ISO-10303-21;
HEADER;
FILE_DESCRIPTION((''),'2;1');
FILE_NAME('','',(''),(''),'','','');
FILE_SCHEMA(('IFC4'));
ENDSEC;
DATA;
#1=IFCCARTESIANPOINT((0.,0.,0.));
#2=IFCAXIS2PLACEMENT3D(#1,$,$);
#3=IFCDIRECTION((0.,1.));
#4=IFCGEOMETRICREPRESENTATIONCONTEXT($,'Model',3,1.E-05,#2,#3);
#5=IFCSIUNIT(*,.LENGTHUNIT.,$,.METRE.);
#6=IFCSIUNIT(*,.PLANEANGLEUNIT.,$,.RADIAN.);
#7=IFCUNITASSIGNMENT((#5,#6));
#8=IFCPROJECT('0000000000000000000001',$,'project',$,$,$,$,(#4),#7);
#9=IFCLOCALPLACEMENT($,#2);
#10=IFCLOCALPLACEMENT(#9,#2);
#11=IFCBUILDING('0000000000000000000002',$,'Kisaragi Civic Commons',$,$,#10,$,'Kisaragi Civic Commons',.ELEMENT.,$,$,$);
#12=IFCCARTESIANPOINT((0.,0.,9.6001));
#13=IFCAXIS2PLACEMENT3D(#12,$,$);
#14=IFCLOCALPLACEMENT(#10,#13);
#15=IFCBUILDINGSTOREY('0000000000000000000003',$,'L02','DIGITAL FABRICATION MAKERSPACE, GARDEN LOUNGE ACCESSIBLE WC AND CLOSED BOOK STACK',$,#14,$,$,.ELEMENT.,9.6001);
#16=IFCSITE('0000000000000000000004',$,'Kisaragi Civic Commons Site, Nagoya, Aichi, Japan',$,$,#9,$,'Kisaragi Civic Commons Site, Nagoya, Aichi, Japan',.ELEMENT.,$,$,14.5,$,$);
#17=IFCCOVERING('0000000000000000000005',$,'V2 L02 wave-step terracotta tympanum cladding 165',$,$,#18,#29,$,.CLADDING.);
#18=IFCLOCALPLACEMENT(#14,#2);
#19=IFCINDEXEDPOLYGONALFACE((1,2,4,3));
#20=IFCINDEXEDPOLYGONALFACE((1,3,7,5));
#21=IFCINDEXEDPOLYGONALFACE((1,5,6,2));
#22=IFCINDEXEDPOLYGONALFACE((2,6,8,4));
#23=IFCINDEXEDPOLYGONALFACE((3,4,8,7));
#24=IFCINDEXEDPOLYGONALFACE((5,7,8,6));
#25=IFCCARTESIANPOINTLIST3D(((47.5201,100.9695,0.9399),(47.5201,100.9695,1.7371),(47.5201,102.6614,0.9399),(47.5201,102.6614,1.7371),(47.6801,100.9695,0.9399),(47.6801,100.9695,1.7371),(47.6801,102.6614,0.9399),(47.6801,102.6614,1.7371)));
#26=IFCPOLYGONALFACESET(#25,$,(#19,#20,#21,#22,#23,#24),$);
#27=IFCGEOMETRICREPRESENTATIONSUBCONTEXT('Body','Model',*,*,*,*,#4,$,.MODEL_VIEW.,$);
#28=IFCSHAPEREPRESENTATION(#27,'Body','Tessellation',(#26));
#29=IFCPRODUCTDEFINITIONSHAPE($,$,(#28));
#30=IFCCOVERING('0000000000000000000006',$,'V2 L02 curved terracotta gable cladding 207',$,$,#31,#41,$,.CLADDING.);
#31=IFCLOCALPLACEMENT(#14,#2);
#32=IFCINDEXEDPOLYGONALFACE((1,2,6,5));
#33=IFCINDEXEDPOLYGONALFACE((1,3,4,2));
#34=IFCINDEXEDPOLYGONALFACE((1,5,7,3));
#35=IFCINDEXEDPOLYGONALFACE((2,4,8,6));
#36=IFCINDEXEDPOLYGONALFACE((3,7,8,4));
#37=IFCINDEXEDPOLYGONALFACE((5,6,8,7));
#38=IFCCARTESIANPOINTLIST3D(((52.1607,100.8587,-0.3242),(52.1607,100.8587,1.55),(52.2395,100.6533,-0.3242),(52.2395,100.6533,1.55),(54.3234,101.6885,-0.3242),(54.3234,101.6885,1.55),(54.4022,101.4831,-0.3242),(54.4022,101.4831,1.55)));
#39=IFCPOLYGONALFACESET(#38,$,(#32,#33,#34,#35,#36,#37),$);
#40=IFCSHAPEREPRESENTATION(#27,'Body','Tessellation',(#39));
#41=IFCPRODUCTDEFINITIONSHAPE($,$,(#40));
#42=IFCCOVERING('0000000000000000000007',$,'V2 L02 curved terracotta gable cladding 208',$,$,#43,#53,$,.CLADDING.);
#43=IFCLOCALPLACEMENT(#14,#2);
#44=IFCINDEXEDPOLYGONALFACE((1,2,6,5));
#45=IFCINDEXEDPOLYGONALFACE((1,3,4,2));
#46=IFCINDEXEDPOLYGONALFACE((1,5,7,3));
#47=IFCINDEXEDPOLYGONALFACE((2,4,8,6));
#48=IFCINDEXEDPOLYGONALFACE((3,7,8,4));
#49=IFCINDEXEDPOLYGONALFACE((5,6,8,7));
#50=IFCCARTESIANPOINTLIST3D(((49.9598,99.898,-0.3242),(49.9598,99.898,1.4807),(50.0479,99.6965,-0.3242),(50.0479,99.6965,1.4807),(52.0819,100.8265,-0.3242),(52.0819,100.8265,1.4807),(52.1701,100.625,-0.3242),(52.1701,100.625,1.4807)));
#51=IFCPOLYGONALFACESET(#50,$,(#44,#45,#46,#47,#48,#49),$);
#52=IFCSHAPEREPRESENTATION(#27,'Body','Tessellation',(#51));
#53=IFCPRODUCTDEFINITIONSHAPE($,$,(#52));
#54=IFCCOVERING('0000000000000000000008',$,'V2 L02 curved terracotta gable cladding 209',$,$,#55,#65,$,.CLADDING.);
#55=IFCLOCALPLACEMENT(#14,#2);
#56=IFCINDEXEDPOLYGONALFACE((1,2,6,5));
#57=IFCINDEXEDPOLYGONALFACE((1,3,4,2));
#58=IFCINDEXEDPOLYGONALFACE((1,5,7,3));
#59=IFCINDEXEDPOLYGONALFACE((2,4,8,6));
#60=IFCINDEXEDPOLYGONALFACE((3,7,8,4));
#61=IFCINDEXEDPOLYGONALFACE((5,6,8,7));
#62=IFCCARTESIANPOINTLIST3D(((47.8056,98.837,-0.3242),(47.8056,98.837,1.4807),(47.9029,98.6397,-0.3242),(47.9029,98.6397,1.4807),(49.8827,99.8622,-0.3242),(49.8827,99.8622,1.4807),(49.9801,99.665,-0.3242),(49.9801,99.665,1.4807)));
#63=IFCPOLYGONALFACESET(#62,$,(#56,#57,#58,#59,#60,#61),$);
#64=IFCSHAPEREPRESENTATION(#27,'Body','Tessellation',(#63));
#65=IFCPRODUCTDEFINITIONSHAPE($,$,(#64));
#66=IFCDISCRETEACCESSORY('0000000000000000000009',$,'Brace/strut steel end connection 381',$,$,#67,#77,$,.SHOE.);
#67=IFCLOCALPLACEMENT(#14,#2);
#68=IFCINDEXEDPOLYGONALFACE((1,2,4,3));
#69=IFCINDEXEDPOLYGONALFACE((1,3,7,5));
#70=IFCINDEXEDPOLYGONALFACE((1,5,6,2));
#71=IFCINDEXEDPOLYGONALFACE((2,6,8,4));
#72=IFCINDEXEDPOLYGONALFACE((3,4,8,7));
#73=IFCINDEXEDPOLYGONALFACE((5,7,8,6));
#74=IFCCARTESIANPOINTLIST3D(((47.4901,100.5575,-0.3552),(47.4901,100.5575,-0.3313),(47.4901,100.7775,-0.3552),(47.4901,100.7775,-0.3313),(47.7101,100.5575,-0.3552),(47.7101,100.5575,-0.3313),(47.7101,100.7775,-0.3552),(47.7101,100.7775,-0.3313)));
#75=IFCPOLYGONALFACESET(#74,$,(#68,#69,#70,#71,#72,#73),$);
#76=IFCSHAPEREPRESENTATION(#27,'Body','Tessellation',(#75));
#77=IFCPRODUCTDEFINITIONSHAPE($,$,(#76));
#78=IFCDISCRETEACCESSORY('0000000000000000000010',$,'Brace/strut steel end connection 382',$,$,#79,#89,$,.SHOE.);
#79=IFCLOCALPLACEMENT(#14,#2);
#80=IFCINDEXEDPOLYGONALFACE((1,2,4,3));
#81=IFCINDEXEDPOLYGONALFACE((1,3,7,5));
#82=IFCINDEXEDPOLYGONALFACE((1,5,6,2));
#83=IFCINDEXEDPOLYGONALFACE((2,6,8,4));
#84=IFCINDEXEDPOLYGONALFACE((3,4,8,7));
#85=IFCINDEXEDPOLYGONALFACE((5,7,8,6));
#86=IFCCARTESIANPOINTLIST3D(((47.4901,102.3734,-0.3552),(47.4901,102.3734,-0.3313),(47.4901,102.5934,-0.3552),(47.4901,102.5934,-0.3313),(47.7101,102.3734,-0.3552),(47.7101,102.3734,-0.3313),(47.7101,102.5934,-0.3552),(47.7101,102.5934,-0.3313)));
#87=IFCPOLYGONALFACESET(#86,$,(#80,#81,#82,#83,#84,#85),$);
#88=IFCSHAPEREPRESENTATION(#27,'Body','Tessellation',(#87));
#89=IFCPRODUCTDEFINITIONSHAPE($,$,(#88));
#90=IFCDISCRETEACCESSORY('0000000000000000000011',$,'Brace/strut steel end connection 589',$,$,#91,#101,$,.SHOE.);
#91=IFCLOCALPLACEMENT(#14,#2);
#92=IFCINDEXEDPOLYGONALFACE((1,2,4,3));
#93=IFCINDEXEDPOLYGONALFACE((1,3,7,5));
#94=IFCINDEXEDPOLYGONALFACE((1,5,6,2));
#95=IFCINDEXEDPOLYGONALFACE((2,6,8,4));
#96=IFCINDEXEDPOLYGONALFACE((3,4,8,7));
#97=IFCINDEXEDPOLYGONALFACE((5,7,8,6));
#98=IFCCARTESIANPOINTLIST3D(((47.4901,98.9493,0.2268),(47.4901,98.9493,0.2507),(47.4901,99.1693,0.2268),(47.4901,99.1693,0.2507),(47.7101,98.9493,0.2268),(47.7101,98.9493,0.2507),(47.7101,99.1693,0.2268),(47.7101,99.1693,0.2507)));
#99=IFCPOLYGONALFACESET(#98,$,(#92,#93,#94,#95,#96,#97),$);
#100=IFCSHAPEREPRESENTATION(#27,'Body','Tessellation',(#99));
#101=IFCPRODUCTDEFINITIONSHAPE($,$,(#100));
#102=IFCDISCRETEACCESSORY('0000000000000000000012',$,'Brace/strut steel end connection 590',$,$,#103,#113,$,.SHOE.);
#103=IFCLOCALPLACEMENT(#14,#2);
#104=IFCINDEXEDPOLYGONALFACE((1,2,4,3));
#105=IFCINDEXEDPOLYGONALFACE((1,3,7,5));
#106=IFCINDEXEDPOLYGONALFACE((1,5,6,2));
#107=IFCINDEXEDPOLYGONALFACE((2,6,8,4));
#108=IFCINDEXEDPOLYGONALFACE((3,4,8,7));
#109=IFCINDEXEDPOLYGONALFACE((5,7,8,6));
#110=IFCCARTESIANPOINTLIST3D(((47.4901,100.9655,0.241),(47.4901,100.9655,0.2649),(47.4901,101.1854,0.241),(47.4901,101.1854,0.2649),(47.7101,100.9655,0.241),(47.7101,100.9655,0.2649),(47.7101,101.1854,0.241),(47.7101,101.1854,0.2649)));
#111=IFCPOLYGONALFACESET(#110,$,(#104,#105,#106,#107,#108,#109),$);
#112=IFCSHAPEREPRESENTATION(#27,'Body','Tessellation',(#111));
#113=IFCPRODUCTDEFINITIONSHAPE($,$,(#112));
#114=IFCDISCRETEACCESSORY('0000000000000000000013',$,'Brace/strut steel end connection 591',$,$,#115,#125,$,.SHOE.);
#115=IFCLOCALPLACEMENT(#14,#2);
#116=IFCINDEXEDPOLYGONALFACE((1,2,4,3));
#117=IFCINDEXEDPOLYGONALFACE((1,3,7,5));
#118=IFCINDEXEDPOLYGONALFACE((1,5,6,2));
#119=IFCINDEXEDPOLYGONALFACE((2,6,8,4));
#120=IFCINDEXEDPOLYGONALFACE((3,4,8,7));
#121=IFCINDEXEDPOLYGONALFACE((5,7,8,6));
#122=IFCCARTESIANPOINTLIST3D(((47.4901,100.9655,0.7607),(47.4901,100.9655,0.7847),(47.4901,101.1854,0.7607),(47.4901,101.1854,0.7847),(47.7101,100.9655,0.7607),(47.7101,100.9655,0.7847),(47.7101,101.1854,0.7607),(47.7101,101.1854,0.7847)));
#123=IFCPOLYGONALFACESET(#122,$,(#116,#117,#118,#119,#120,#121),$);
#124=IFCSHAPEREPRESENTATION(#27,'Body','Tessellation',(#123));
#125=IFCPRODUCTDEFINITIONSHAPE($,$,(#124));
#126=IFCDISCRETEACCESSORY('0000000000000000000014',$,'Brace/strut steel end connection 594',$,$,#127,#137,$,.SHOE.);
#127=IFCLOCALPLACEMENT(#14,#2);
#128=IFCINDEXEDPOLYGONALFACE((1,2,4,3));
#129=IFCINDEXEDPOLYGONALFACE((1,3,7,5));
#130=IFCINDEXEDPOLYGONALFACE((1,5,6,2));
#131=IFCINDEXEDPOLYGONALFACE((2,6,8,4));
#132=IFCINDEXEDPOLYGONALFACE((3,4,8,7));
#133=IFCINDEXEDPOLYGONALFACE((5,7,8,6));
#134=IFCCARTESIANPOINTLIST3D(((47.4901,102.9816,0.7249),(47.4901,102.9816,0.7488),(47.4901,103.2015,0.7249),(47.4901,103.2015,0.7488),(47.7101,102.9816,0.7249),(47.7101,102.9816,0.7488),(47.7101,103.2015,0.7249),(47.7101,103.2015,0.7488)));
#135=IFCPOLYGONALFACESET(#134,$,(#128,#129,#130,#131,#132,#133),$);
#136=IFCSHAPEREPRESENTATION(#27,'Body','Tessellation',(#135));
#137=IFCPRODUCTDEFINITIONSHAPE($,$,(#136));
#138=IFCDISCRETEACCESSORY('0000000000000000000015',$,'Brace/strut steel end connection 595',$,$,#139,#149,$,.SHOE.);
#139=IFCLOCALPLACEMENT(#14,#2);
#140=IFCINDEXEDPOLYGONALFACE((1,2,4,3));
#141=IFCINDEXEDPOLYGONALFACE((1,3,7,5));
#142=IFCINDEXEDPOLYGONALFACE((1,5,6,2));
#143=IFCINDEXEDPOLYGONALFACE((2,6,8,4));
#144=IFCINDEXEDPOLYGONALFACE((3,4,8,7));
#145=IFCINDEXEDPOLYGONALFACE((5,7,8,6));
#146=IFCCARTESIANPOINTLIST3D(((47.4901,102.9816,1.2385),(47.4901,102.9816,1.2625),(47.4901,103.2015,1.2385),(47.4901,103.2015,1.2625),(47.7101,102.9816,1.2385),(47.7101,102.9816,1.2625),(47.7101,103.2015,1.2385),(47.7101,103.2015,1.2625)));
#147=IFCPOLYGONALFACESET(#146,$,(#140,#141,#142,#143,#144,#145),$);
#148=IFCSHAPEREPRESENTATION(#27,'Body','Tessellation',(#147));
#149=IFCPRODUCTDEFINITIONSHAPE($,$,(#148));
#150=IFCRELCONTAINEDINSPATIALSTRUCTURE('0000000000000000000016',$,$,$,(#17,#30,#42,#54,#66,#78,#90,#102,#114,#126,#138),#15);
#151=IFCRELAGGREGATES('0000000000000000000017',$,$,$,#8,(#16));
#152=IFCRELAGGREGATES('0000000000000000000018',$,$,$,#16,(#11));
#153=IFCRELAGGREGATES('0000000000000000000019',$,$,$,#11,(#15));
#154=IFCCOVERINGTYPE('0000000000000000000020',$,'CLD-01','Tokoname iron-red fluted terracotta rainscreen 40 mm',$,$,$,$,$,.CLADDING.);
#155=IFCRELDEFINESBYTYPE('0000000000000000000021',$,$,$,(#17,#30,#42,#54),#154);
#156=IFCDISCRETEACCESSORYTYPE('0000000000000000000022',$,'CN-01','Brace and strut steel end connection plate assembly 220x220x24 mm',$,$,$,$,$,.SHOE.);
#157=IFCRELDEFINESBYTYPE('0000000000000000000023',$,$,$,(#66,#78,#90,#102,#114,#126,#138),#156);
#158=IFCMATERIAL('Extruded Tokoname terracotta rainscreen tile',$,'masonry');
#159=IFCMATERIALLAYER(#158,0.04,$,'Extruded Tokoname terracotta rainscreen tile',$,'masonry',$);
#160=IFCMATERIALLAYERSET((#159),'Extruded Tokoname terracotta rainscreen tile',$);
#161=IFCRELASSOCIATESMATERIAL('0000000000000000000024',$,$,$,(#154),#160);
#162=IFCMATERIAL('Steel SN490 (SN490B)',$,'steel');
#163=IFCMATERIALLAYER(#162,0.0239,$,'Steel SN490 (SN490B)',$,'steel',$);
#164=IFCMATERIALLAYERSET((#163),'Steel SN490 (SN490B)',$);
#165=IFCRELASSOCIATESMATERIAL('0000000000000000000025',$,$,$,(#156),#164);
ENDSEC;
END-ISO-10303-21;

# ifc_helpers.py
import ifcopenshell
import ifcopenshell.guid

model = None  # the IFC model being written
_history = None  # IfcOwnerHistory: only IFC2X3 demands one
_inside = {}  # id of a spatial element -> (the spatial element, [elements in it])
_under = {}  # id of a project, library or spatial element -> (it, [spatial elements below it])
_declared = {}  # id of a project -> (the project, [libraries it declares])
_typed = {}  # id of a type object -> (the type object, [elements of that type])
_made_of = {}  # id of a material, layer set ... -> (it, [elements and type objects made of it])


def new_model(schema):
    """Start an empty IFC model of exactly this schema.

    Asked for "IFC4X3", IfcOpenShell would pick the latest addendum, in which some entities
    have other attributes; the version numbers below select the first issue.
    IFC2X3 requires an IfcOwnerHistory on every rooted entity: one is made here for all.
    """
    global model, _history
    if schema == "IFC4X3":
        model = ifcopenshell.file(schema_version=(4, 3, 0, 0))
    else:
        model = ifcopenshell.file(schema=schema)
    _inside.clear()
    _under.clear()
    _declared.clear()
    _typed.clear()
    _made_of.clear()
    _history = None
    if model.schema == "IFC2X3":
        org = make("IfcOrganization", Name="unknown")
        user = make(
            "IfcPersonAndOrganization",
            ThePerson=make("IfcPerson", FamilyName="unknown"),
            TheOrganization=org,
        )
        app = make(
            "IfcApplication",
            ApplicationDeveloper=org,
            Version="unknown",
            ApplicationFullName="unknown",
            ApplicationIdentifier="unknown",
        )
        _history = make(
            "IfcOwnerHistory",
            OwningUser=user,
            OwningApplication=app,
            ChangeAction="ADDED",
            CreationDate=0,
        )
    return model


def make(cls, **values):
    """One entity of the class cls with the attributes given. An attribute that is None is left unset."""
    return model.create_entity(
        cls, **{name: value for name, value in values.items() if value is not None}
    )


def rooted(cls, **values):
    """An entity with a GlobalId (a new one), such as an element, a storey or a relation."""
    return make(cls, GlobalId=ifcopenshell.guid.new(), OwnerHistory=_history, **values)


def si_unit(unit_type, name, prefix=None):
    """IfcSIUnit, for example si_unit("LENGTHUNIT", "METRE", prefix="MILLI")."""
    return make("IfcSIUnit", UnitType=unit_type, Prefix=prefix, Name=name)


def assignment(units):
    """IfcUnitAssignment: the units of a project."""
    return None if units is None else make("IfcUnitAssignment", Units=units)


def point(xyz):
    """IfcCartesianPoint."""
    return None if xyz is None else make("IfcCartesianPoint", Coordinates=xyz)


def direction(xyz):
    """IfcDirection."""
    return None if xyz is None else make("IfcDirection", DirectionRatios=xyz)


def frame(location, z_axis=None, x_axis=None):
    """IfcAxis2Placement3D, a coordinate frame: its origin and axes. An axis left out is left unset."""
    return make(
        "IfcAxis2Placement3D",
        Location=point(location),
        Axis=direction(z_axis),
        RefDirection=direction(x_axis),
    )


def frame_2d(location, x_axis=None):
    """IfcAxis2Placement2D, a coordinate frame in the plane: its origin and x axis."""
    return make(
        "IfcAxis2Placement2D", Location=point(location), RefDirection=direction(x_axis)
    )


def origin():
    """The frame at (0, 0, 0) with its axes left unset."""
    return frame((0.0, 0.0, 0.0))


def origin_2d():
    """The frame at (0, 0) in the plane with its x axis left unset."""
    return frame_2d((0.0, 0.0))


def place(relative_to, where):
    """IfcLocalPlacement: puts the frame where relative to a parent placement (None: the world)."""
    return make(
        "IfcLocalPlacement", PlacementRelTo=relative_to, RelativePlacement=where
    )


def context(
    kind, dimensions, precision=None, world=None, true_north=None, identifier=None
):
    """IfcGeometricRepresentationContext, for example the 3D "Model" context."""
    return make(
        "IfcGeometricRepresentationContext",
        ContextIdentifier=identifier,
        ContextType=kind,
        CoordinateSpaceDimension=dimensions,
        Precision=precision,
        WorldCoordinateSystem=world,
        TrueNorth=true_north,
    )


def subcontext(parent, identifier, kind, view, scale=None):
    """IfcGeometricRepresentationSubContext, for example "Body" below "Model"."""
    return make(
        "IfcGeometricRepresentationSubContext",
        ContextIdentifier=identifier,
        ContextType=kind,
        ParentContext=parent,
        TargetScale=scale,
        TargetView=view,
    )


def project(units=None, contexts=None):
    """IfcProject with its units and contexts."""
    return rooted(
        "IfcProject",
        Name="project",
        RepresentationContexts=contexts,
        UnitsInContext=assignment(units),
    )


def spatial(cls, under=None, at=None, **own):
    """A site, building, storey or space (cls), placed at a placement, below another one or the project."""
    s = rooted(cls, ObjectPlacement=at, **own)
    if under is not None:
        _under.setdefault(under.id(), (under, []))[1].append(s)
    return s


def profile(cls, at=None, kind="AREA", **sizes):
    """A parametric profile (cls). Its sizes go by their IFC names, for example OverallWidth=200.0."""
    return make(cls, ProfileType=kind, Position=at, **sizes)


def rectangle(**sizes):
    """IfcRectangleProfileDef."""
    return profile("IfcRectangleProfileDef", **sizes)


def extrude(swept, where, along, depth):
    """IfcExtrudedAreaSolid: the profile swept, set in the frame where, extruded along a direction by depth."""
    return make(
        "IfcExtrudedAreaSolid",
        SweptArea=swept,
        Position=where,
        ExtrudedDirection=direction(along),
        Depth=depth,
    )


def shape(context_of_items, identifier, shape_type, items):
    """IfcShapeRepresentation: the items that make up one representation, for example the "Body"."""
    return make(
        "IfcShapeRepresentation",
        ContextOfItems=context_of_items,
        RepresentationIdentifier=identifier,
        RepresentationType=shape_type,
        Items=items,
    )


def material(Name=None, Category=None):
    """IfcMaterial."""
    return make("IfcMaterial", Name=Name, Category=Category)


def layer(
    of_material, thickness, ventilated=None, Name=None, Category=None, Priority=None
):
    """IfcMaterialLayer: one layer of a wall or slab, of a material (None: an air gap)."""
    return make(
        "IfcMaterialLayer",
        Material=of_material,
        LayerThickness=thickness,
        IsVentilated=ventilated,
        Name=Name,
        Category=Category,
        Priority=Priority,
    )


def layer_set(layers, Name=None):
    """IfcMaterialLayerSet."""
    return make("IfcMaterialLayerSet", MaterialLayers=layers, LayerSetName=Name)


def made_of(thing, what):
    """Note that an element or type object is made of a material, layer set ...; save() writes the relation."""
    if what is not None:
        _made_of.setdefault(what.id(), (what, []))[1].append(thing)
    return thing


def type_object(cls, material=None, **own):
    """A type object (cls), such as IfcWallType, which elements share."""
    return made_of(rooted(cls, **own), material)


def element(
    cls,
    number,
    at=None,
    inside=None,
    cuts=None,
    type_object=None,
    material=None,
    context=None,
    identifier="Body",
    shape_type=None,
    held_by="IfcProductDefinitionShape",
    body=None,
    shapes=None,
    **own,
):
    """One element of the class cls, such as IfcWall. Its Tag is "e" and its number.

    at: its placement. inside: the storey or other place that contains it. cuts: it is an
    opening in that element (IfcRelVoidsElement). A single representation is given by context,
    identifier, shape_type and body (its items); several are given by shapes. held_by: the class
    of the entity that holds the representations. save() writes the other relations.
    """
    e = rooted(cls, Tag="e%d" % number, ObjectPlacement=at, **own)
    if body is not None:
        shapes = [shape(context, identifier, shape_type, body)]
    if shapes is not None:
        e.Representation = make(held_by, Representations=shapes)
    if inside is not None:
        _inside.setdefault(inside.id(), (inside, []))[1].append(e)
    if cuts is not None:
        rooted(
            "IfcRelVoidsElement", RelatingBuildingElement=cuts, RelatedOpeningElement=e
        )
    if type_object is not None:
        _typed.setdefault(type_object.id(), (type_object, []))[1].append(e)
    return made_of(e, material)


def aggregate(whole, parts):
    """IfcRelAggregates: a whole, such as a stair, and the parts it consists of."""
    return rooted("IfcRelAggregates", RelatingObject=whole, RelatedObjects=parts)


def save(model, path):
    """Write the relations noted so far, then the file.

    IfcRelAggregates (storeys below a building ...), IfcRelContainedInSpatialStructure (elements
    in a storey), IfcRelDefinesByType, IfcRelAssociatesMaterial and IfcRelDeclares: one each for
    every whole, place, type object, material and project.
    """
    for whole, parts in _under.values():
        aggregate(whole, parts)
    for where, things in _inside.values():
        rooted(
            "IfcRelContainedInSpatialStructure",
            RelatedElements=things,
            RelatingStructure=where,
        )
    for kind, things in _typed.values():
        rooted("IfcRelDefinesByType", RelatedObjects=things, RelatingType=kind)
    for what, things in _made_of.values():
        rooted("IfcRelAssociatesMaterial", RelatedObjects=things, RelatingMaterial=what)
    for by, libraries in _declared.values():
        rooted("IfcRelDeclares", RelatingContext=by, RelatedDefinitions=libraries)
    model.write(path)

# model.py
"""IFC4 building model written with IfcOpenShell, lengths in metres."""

from ifc_helpers import new_model, si_unit, direction, frame, origin, origin_2d, place, context, subcontext, project, spatial, rectangle, extrude, material, layer, layer_set, type_object, element, save


model = new_model("IFC4")

# Units and contexts
model_context = context("Model", 3, precision=1e-05, world=origin(), true_north=direction((0.0, 1.0)))
body_context = subcontext(model_context, "Body", "Model", "MODEL_VIEW")
ifc_project = project(units=[si_unit("LENGTHUNIT", "METRE"), si_unit("PLANEANGLEUNIT", "RADIAN")], contexts=[model_context])

# Site, building, storey
site_placement = place(None, origin())
site = spatial("IfcSite", under=ifc_project, at=site_placement, Name="Kisaragi Civic Commons Site, Nagoya, Aichi, Japan", LongName="Kisaragi Civic Commons Site, Nagoya, Aichi, Japan", CompositionType="ELEMENT", RefElevation=14.5)
building_placement = place(site_placement, origin())
building = spatial("IfcBuilding", under=site, at=building_placement, Name="Kisaragi Civic Commons", LongName="Kisaragi Civic Commons", CompositionType="ELEMENT")
storey_placement = place(building_placement, frame((0.0, 0.0, 9.6001)))
storey = spatial("IfcBuildingStorey", under=building, at=storey_placement, Name="L02", Description="DIGITAL FABRICATION MAKERSPACE, GARDEN LOUNGE ACCESSIBLE WC AND CLOSED BOOK STACK", CompositionType="ELEMENT", Elevation=9.6001)

# Shared definitions
ifc_material_1 = material(Name="Steel SN490 (SN490B)", Category="steel")

# Coverings
ifc_material_2 = material(Name="Extruded Tokoname terracotta rainscreen tile", Category="masonry")
ifc_layer_1 = layer(ifc_material_2, 0.04, Name="Extruded Tokoname terracotta rainscreen tile", Category="masonry")
ifc_layer_set_1 = layer_set([ifc_layer_1], Name="Extruded Tokoname terracotta rainscreen tile")
covering_type = type_object("IfcCoveringType", Name="CLD-01", Description="Tokoname iron-red fluted terracotta rainscreen 40 mm", PredefinedType="CLADDING", material=ifc_layer_set_1)
covering_1_placement = place(storey_placement, frame((47.6001, 101.8154, 0.9399), z_axis=(0.0, 0.0, 1.0), x_axis=(0.0, 1.0, 0.0)))
element("IfcCovering", 1, at=covering_1_placement, inside=storey, type_object=covering_type, Name="V2 L02 wave-step terracotta tympanum cladding 165", PredefinedType="CLADDING", context=body_context, shape_type="SweptSolid", body=[
    extrude(rectangle(XDim=1.6919, YDim=0.1599, at=origin_2d()), origin(), (0.0, 0.0, 1.0), 0.7971),
])
covering_2_placement = place(storey_placement, frame((53.2815, 101.1709, -0.3242), z_axis=(0.0, 0.0, 1.0), x_axis=(-0.933643, -0.358205, 0.0)))
element("IfcCovering", 2, at=covering_2_placement, inside=storey, type_object=covering_type, Name="V2 L02 curved terracotta gable cladding 207", PredefinedType="CLADDING", context=body_context, shape_type="SweptSolid", body=[
    extrude(rectangle(XDim=2.3164, YDim=0.22, at=origin_2d()), origin(), (0.0, 0.0, 1.0), 1.8743),
])
for number, where, z_axis, x_axis, name in (
    (3, (51.0649, 100.2615, -0.3242), (0.0, 0.0, 1.0), (-0.916153, -0.400829, 0.0), "V2 L02 curved terracotta gable cladding 208"),
    (4, (48.8928, 99.251, -0.3242), (0.0, 0.0, 1.0), (-0.896718, -0.442602, 0.0), "V2 L02 curved terracotta gable cladding 209"),
):
    element("IfcCovering", number, at=place(storey_placement, frame(where, z_axis=z_axis, x_axis=x_axis)), inside=storey, type_object=covering_type, Name=name, PredefinedType="CLADDING", context=body_context, shape_type="SweptSolid", body=[
        extrude(rectangle(XDim=2.3164, YDim=0.22, at=origin_2d()), origin(), (0.0, 0.0, 1.0), 1.8049),
    ])

# Discrete accessories
ifc_layer_2 = layer(ifc_material_1, 0.0239, Name="Steel SN490 (SN490B)", Category="steel")
ifc_layer_set_2 = layer_set([ifc_layer_2], Name="Steel SN490 (SN490B)")
discrete_accessory_type = type_object("IfcDiscreteAccessoryType", Name="CN-01", Description="Brace and strut steel end connection plate assembly 220x220x24 mm", PredefinedType="SHOE", material=ifc_layer_set_2)
for number, where, z_axis, x_axis, name in (
    (5, (47.6001, 100.6675, -0.3552), (0.0, 0.0, 1.0), (1.0, 0.0, 0.0), "Brace/strut steel end connection 381"),
    (6, (47.6001, 102.4834, -0.3552), (0.0, 0.0, 1.0), (1.0, 0.0, 0.0), "Brace/strut steel end connection 382"),
    (7, (47.6001, 99.0593, 0.2268), (0.0, 0.0, 1.0), (1.0, 0.0, 0.0), "Brace/strut steel end connection 589"),
    (8, (47.6001, 101.0754, 0.241), (0.0, 0.0, 1.0), (1.0, 0.0, 0.0), "Brace/strut steel end connection 590"),
    (9, (47.6001, 101.0754, 0.7607), (0.0, 0.0, 1.0), (1.0, 0.0, 0.0), "Brace/strut steel end connection 591"),
    (10, (47.6001, 103.0916, 0.7249), (0.0, 0.0, 1.0), (1.0, 0.0, 0.0), "Brace/strut steel end connection 594"),
    (11, (47.6001, 103.0916, 1.2385), (0.0, 0.0, 1.0), (1.0, 0.0, 0.0), "Brace/strut steel end connection 595"),
):
    element("IfcDiscreteAccessory", number, at=place(storey_placement, frame(where, z_axis=z_axis, x_axis=x_axis)), inside=storey, type_object=discrete_accessory_type, Name=name, PredefinedType="SHOE", context=body_context, shape_type="SweptSolid", body=[
        extrude(rectangle(XDim=0.22, YDim=0.22, at=origin_2d()), origin(), (0.0, 0.0, 1.0), 0.0239),
    ])

save(model, "model.ifc")
